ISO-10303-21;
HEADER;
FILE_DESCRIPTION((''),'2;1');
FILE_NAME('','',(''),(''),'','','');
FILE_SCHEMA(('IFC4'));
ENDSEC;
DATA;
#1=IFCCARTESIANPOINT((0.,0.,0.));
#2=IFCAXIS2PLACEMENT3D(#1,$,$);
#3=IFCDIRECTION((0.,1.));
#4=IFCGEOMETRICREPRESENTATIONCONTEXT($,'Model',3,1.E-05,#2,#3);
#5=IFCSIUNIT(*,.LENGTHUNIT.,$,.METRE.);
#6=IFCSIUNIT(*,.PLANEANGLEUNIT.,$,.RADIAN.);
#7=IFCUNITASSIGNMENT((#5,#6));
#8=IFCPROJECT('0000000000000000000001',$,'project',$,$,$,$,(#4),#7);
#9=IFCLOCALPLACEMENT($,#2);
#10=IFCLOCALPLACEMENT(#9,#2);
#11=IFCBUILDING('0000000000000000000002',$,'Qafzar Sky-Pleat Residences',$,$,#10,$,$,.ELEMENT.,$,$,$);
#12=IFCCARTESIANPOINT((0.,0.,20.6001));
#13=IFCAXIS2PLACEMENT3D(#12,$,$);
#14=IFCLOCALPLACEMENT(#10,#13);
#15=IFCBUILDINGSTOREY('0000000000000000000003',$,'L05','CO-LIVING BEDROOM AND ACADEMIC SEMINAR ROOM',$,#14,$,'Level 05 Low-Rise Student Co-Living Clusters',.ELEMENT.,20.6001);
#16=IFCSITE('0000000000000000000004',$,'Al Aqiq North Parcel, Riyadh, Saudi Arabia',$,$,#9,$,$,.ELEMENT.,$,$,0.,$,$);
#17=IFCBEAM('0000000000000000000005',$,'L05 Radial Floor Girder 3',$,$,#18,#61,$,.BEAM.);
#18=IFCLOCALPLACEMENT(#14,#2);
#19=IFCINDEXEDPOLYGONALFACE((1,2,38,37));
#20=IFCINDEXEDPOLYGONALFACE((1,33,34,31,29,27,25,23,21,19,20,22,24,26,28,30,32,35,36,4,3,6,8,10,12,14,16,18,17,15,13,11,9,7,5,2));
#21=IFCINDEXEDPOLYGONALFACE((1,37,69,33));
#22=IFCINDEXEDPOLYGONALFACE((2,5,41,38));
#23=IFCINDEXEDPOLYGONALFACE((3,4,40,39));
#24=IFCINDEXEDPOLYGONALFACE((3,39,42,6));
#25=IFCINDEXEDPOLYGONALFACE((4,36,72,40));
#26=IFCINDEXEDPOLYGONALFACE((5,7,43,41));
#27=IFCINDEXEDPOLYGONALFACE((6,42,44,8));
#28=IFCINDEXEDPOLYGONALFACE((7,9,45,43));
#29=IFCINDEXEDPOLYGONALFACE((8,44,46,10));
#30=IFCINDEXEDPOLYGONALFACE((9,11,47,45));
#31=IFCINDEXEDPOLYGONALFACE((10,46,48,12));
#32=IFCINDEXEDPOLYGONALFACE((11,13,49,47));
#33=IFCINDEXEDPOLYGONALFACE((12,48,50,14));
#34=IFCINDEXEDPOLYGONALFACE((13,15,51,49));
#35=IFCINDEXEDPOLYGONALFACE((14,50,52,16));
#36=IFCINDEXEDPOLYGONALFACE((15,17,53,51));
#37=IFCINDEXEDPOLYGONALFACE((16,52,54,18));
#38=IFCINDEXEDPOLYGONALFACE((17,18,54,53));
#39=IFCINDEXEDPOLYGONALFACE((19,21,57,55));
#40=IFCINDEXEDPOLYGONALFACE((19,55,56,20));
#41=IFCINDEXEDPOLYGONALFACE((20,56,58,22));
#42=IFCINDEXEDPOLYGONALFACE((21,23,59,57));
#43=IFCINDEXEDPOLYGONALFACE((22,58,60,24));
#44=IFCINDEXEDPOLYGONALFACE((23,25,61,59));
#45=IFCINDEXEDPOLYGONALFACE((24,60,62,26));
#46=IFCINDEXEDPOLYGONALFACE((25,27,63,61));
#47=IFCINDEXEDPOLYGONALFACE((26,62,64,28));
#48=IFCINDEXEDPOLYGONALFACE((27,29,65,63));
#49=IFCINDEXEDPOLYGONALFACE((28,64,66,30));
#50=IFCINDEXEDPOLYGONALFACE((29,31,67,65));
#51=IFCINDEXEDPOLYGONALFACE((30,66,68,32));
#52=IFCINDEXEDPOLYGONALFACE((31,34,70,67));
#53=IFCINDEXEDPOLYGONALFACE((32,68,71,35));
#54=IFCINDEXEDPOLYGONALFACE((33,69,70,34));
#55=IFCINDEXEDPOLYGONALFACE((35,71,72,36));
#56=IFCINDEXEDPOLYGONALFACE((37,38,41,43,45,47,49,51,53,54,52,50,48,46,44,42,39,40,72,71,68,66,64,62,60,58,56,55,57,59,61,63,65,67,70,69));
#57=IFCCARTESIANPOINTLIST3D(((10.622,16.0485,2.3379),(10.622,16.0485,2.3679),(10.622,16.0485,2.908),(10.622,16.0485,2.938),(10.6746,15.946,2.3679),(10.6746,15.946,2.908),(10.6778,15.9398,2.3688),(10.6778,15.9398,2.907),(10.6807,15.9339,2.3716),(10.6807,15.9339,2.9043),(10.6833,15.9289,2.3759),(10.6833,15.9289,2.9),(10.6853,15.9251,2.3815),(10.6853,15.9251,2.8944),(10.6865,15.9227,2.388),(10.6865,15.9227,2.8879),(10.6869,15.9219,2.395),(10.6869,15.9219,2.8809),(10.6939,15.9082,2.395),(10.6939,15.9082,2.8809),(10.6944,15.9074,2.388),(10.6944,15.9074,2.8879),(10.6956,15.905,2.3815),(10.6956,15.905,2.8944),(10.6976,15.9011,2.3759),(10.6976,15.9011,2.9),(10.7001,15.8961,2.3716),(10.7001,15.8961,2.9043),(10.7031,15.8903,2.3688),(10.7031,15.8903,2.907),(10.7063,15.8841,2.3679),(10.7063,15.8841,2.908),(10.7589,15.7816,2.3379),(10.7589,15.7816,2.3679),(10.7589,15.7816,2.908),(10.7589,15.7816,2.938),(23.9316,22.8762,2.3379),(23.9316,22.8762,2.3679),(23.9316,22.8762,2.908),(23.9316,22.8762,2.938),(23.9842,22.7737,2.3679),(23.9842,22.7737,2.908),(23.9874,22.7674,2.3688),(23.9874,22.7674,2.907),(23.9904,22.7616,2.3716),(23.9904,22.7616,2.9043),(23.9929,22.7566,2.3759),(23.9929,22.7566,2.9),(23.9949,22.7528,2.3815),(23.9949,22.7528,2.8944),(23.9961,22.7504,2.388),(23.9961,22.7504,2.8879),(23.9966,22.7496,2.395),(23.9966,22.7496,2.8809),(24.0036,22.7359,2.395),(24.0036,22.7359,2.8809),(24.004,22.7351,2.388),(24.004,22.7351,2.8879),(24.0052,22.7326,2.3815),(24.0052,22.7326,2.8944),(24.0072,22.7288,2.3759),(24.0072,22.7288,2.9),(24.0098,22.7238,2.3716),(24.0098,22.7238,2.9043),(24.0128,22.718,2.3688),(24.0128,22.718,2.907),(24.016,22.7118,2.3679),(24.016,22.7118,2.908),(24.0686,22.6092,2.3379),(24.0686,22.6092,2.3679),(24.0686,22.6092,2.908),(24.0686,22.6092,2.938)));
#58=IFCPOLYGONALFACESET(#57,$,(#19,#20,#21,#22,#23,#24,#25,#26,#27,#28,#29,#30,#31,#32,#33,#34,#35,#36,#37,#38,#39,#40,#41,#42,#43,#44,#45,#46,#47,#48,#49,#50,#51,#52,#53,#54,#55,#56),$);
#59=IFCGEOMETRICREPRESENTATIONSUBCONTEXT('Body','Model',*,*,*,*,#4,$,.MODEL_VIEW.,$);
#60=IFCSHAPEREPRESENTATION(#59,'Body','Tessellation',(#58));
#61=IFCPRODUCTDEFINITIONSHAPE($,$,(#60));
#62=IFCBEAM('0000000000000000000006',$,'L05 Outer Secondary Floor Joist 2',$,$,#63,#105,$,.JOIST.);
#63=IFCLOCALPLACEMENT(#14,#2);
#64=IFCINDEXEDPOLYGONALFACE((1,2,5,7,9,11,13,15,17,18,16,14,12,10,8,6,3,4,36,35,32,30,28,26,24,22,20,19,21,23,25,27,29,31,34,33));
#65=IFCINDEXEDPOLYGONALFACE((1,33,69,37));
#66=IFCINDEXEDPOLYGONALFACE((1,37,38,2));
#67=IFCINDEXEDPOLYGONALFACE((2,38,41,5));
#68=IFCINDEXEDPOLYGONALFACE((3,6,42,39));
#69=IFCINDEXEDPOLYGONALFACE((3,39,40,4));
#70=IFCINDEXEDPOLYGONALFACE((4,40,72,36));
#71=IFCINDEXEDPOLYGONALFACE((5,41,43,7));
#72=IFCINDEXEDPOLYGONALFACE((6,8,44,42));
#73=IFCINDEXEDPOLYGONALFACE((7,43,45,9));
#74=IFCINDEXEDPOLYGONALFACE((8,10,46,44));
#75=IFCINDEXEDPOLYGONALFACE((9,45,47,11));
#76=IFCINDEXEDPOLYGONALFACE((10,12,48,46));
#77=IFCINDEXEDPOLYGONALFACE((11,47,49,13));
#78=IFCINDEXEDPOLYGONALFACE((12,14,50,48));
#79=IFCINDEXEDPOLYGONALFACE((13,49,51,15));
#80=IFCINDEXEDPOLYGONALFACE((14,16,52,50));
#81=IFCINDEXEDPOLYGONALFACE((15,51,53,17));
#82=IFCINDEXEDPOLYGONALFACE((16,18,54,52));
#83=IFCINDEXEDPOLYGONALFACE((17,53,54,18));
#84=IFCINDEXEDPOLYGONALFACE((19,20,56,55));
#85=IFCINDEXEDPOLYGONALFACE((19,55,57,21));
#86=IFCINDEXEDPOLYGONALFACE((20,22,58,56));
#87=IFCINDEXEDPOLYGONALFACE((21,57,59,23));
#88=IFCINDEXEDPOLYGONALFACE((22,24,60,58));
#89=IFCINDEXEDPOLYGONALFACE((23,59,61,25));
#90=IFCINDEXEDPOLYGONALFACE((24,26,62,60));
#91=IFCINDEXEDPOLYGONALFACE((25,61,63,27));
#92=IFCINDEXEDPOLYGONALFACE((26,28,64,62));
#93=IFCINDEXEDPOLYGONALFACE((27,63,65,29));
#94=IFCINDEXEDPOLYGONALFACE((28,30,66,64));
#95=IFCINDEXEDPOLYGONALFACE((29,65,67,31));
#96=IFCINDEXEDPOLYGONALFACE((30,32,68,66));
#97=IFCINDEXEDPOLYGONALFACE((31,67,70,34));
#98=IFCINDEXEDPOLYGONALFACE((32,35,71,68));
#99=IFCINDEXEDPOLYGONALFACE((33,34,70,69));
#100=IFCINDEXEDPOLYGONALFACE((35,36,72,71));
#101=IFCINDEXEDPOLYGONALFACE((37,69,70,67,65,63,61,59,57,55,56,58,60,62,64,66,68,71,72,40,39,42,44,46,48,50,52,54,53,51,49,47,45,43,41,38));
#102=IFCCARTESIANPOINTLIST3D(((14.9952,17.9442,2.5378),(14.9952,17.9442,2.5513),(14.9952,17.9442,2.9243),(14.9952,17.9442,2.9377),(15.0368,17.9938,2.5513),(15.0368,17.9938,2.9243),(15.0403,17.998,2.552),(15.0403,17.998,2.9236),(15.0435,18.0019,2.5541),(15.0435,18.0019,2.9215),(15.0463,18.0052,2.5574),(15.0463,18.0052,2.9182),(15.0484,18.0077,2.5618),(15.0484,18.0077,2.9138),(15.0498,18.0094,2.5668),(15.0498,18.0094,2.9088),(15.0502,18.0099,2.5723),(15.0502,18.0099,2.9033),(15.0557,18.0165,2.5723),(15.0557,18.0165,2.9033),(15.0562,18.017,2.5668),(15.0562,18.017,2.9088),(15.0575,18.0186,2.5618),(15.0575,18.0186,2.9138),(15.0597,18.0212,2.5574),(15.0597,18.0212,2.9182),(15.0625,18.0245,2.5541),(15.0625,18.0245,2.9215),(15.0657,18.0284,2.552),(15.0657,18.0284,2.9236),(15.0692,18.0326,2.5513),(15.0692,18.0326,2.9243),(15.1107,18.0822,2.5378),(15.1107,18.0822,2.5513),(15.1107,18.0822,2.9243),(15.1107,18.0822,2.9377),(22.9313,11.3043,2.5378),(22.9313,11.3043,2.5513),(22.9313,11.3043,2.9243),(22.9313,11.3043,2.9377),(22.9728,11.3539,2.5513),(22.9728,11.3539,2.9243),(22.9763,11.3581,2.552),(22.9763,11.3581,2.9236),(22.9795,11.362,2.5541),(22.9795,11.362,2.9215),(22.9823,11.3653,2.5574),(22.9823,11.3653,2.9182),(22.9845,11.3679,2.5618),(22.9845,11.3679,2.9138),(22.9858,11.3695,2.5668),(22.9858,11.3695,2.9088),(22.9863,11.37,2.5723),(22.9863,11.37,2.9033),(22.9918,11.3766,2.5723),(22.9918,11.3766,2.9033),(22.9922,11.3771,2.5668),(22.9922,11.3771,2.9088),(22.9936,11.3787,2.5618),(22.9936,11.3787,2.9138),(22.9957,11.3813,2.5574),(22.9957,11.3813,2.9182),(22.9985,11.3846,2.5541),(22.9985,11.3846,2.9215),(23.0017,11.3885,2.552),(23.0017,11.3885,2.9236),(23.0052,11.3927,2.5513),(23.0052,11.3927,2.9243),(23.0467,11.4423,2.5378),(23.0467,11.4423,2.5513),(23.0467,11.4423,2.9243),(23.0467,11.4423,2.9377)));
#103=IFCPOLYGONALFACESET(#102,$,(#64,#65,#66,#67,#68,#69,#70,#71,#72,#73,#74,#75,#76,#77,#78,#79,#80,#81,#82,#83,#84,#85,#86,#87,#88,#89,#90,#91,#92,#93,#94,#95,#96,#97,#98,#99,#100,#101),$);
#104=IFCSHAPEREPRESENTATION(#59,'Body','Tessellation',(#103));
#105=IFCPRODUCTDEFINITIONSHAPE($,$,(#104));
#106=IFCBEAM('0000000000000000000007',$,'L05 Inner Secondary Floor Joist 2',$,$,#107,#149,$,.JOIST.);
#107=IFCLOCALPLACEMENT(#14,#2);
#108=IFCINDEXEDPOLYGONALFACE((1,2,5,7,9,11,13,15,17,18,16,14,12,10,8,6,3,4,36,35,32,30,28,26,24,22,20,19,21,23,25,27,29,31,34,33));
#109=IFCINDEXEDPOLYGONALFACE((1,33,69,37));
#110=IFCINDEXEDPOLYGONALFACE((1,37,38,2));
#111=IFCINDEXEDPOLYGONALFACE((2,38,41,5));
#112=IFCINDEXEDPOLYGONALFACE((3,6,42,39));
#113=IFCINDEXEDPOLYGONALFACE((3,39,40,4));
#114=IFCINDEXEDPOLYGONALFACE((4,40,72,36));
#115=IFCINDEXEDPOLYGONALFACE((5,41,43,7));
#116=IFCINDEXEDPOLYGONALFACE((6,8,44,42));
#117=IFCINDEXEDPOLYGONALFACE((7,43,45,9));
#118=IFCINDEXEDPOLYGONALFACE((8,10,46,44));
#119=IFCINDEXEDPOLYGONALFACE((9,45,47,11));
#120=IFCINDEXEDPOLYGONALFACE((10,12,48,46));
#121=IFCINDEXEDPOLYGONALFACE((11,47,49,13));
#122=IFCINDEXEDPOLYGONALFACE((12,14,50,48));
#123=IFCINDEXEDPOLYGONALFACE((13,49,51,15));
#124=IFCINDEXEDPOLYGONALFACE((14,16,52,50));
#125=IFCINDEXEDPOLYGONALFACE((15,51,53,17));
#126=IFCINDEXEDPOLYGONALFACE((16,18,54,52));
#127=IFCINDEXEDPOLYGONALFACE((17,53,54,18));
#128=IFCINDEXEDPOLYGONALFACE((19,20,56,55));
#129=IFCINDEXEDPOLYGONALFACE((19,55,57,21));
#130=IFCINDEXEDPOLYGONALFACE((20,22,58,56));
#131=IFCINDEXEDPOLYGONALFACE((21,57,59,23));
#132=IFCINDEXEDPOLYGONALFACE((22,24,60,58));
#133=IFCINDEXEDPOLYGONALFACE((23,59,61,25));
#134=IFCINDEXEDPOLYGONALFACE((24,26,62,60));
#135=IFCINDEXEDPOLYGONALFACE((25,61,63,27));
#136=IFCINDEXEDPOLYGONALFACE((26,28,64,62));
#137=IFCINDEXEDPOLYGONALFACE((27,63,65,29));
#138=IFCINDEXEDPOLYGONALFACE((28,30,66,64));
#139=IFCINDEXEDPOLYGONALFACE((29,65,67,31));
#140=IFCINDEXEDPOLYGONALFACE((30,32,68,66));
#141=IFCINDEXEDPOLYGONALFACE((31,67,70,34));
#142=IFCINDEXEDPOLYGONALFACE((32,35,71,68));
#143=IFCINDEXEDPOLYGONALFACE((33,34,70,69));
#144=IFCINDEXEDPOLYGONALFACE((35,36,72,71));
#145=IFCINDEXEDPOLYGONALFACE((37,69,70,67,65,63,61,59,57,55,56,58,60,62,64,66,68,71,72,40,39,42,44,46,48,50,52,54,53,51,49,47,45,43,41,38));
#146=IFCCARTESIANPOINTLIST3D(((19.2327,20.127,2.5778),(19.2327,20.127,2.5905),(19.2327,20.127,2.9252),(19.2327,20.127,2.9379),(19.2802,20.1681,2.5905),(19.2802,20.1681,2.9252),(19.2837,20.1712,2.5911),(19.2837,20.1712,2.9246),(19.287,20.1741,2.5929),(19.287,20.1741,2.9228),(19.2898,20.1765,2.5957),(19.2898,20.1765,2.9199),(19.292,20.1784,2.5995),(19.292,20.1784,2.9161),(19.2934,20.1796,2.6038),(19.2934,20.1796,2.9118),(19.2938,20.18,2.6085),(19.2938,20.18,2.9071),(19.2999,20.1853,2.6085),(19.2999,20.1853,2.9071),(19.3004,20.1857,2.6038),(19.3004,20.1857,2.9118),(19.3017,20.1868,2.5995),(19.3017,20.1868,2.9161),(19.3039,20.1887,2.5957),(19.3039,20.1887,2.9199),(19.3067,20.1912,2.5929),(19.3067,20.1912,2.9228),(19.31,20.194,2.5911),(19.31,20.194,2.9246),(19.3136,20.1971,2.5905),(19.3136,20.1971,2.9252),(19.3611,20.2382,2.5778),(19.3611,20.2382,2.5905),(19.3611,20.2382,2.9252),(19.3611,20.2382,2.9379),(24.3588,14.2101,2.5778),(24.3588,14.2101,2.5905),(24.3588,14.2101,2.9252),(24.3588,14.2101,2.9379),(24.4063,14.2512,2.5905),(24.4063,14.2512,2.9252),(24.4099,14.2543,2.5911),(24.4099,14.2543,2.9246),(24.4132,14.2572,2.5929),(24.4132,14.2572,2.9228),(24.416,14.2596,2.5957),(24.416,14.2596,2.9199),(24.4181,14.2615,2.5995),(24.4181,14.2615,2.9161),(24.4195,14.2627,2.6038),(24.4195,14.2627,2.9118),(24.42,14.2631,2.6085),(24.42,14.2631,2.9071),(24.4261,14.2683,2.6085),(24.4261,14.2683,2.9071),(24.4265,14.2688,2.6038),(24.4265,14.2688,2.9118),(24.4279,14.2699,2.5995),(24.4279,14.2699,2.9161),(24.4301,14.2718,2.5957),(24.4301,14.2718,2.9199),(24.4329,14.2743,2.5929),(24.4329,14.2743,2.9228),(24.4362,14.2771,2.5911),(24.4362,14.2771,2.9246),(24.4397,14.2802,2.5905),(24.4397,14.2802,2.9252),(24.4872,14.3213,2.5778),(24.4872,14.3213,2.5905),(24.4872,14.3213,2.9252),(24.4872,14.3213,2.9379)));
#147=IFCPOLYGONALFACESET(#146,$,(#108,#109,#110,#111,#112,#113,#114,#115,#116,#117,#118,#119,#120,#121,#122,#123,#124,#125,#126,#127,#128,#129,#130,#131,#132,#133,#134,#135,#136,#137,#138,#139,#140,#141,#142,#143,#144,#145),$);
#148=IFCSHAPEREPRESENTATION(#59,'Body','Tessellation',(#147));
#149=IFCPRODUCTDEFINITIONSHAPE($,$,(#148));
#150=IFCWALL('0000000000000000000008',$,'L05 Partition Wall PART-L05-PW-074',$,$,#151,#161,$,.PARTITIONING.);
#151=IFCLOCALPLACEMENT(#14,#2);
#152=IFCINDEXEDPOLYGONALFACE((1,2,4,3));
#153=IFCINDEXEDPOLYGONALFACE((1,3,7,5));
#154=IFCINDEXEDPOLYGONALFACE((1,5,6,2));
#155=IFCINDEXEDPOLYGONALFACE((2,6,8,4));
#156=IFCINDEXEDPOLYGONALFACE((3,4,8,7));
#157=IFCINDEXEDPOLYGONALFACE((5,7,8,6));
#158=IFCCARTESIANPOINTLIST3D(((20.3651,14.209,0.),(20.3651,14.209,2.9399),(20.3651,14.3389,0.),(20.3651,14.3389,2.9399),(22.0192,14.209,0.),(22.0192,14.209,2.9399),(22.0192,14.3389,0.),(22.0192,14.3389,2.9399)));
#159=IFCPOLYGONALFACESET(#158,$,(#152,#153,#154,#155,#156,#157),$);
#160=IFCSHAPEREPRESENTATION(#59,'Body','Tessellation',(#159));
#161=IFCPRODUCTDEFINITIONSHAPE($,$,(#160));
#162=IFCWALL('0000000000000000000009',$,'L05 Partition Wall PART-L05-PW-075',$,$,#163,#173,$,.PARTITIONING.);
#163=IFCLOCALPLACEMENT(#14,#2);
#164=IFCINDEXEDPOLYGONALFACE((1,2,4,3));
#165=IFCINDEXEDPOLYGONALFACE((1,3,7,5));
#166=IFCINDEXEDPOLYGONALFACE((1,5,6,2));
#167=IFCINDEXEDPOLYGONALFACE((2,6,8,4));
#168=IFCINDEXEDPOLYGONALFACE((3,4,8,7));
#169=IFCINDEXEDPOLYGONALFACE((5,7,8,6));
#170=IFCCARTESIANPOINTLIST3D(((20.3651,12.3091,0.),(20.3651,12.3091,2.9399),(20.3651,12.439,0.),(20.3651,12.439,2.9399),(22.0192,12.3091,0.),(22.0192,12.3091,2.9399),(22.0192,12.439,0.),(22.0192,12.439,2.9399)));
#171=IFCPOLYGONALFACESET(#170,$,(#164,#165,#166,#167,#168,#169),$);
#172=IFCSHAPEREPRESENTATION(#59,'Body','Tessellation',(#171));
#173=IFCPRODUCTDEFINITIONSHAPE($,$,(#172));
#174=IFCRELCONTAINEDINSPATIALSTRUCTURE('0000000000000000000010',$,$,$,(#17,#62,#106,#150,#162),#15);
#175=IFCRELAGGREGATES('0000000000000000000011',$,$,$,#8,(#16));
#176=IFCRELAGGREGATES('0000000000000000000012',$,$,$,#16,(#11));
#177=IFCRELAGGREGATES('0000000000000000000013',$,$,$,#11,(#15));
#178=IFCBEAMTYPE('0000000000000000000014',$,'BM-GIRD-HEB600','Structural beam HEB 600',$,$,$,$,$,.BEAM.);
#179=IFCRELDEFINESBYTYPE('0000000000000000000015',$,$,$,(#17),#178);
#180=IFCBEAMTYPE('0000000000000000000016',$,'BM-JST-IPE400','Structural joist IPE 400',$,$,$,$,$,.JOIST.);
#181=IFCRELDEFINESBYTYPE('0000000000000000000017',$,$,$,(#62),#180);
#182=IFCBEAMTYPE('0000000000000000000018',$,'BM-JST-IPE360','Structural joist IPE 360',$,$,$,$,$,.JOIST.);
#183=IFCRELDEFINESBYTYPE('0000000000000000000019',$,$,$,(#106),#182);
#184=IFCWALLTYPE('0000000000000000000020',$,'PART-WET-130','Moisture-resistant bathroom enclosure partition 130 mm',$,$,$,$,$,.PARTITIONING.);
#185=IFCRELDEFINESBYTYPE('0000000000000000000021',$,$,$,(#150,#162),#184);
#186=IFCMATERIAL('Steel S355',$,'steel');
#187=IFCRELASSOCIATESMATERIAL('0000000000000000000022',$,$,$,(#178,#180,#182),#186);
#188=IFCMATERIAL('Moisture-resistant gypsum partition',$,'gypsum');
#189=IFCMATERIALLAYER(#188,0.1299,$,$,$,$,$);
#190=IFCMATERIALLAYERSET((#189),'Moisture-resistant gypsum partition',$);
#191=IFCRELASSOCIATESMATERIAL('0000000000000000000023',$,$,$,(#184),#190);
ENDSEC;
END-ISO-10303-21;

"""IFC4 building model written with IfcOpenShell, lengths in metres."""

from ifc_helpers import new_model, si_unit, direction, frame, frame_2d, origin, origin_2d, place, context, subcontext, project, spatial, rectangle, i_section, extrude, source, transform, mapped, material, layer, layer_set, material_profile, profile_set, type_object, element, save


model = new_model("IFC4")

# Units and contexts
model_context = context("Model", 3, precision=1e-05, world=origin(), true_north=direction((0.0, 1.0)))
body_context = subcontext(model_context, "Body", "Model", "MODEL_VIEW")
ifc_project = project(units=[si_unit("LENGTHUNIT", "METRE"), si_unit("PLANEANGLEUNIT", "RADIAN")], contexts=[model_context])

# Site, building, storey
site_placement = place(None, origin())
site = spatial("IfcSite", under=ifc_project, at=site_placement, Name="Al Aqiq North Parcel, Riyadh, Saudi Arabia", CompositionType="ELEMENT", RefElevation=0.0)
building_placement = place(site_placement, origin())
building = spatial("IfcBuilding", under=site, at=building_placement, Name="Qafzar Sky-Pleat Residences", CompositionType="ELEMENT")
storey_placement = place(building_placement, frame((0.0, 0.0, 20.6001)))
storey = spatial("IfcBuildingStorey", under=building, at=storey_placement, Name="L05", Description="CO-LIVING BEDROOM AND ACADEMIC SEMINAR ROOM", LongName="Level 05 Low-Rise Student Co-Living Clusters", CompositionType="ELEMENT", Elevation=20.6001)

# Beams
ifc_material_1 = material(Name="Steel S355", Category="steel")
ifc_material_profile_1 = material_profile(ifc_material_1, i_section(OverallWidth=0.3, OverallDepth=0.6001, WebThickness=0.0154, FlangeThickness=0.03, FilletRadius=0.0271, at=origin_2d()), Name="HEB 600")
ifc_profile_set_1 = profile_set([ifc_material_profile_1], Name="Steel S355")
beam_type_1 = type_object("IfcBeamType", Name="BM-GIRD-HEB600", Description="Structural beam HEB 600", PredefinedType="BEAM", material=ifc_profile_set_1)
shared_shape_1 = source(origin(), body_context, "Body", "SweptSolid", [
    extrude(i_section(OverallWidth=0.3, OverallDepth=0.6001, WebThickness=0.0154, FlangeThickness=0.03, FilletRadius=0.0271, at=origin_2d()), origin(), (0.0, 0.0, 1.0), 14.9587),
])
beam_1_placement = place(storey_placement, frame((10.6904, 15.915, 2.6379), z_axis=(0.889757, 0.456434, 0.0), x_axis=(-0.456434, 0.889757, 0.0)))
element("IfcBeam", 1, at=beam_1_placement, inside=storey, type_object=beam_type_1, Name="L05 Radial Floor Girder 3", PredefinedType="BEAM", context=body_context, shape_type="MappedRepresentation", body=[
    mapped(shared_shape_1, transform((0.0, 0.0, 0.0), x_axis=(1.0, 0.0, 0.0), y_axis=(0.0, 1.0, 0.0), z_axis=(0.0, 0.0, 1.0), scale=1.0)),
])
ifc_material_profile_2 = material_profile(ifc_material_1, i_section(OverallWidth=0.1799, OverallDepth=0.3999, WebThickness=0.0085, FlangeThickness=0.0134, FilletRadius=0.021, at=origin_2d()), Name="IPE 400")
ifc_profile_set_2 = profile_set([ifc_material_profile_2], Name="Steel S355")
beam_type_2 = type_object("IfcBeamType", Name="BM-JST-IPE400", Description="Structural joist IPE 400", PredefinedType="JOIST", material=ifc_profile_set_2)
shared_shape_2 = source(origin(), body_context, "Body", "SweptSolid", [
    extrude(i_section(OverallWidth=0.1799, OverallDepth=0.3999, WebThickness=0.0085, FlangeThickness=0.0134, FilletRadius=0.021, at=origin_2d()), origin(), (0.0, 0.0, 1.0), 10.3474),
])
beam_2_placement = place(storey_placement, frame((15.053, 18.0132, 2.7378), z_axis=(0.766959, -0.641696, 0.0), x_axis=(0.641696, 0.766959, 0.0)))
element("IfcBeam", 2, at=beam_2_placement, inside=storey, type_object=beam_type_2, Name="L05 Outer Secondary Floor Joist 2", PredefinedType="JOIST", context=body_context, shape_type="MappedRepresentation", body=[
    mapped(shared_shape_2, transform((0.0, 0.0, 0.0), x_axis=(1.0, 0.0, 0.0), y_axis=(0.0, 1.0, 0.0), z_axis=(0.0, 0.0, 1.0), scale=1.0)),
])
ifc_material_profile_3 = material_profile(ifc_material_1, i_section(OverallWidth=0.1699, OverallDepth=0.3601, WebThickness=0.0081, FlangeThickness=0.0127, FilletRadius=0.0181, at=origin_2d()), Name="IPE 360")
ifc_profile_set_3 = profile_set([ifc_material_profile_3], Name="Steel S355")
beam_type_3 = type_object("IfcBeamType", Name="BM-JST-IPE360", Description="Structural joist IPE 360", PredefinedType="JOIST", material=ifc_profile_set_3)
shared_shape_3 = source(origin(), body_context, "Body", "SweptSolid", [
    extrude(i_section(OverallWidth=0.1699, OverallDepth=0.3601, WebThickness=0.0081, FlangeThickness=0.0127, FilletRadius=0.0181, at=origin_2d()), origin(), (0.0, 0.0, 1.0), 7.8286),
])
beam_3_placement = place(storey_placement, frame((19.2969, 20.1826, 2.7578), z_axis=(0.654796, -0.755805, 0.0), x_axis=(0.755805, 0.654796, 0.0)))
element("IfcBeam", 3, at=beam_3_placement, inside=storey, type_object=beam_type_3, Name="L05 Inner Secondary Floor Joist 2", PredefinedType="JOIST", context=body_context, shape_type="MappedRepresentation", body=[
    mapped(shared_shape_3, transform((0.0, 0.0, 0.0), x_axis=(1.0, 0.0, 0.0), y_axis=(0.0, 1.0, 0.0), z_axis=(0.0, 0.0, 1.0), scale=1.0)),
])

# Walls
ifc_material_2 = material(Name="Moisture-resistant gypsum partition", Category="gypsum")
ifc_layer_1 = layer(ifc_material_2, 0.1299)
ifc_layer_set_1 = layer_set([ifc_layer_1], Name="Moisture-resistant gypsum partition")
wall_type_1 = type_object("IfcWallType", Name="PART-WET-130", Description="Moisture-resistant bathroom enclosure partition 130 mm", PredefinedType="PARTITIONING", material=ifc_layer_set_1)
for number, where, z_axis, x_axis, name in (
    (4, (20.365, 14.2739, 0.0), (0.0, 0.0, 1.0), (1.0, 0.0, 0.0), "L05 Partition Wall PART-L05-PW-074"),
    (5, (20.365, 12.374, 0.0), (0.0, 0.0, 1.0), (1.0, 0.0, 0.0), "L05 Partition Wall PART-L05-PW-075"),
):
    element("IfcWall", number, at=place(storey_placement, frame(where, z_axis=z_axis, x_axis=x_axis)), inside=storey, type_object=wall_type_1, Name=name, PredefinedType="PARTITIONING", context=body_context, shape_type="SweptSolid", body=[
        extrude(rectangle(XDim=1.6541, YDim=0.1299, at=frame_2d((0.8271, 0.0))), origin(), (0.0, 0.0, 1.0), 2.9399),
    ])

save(model, "model.ifc")
